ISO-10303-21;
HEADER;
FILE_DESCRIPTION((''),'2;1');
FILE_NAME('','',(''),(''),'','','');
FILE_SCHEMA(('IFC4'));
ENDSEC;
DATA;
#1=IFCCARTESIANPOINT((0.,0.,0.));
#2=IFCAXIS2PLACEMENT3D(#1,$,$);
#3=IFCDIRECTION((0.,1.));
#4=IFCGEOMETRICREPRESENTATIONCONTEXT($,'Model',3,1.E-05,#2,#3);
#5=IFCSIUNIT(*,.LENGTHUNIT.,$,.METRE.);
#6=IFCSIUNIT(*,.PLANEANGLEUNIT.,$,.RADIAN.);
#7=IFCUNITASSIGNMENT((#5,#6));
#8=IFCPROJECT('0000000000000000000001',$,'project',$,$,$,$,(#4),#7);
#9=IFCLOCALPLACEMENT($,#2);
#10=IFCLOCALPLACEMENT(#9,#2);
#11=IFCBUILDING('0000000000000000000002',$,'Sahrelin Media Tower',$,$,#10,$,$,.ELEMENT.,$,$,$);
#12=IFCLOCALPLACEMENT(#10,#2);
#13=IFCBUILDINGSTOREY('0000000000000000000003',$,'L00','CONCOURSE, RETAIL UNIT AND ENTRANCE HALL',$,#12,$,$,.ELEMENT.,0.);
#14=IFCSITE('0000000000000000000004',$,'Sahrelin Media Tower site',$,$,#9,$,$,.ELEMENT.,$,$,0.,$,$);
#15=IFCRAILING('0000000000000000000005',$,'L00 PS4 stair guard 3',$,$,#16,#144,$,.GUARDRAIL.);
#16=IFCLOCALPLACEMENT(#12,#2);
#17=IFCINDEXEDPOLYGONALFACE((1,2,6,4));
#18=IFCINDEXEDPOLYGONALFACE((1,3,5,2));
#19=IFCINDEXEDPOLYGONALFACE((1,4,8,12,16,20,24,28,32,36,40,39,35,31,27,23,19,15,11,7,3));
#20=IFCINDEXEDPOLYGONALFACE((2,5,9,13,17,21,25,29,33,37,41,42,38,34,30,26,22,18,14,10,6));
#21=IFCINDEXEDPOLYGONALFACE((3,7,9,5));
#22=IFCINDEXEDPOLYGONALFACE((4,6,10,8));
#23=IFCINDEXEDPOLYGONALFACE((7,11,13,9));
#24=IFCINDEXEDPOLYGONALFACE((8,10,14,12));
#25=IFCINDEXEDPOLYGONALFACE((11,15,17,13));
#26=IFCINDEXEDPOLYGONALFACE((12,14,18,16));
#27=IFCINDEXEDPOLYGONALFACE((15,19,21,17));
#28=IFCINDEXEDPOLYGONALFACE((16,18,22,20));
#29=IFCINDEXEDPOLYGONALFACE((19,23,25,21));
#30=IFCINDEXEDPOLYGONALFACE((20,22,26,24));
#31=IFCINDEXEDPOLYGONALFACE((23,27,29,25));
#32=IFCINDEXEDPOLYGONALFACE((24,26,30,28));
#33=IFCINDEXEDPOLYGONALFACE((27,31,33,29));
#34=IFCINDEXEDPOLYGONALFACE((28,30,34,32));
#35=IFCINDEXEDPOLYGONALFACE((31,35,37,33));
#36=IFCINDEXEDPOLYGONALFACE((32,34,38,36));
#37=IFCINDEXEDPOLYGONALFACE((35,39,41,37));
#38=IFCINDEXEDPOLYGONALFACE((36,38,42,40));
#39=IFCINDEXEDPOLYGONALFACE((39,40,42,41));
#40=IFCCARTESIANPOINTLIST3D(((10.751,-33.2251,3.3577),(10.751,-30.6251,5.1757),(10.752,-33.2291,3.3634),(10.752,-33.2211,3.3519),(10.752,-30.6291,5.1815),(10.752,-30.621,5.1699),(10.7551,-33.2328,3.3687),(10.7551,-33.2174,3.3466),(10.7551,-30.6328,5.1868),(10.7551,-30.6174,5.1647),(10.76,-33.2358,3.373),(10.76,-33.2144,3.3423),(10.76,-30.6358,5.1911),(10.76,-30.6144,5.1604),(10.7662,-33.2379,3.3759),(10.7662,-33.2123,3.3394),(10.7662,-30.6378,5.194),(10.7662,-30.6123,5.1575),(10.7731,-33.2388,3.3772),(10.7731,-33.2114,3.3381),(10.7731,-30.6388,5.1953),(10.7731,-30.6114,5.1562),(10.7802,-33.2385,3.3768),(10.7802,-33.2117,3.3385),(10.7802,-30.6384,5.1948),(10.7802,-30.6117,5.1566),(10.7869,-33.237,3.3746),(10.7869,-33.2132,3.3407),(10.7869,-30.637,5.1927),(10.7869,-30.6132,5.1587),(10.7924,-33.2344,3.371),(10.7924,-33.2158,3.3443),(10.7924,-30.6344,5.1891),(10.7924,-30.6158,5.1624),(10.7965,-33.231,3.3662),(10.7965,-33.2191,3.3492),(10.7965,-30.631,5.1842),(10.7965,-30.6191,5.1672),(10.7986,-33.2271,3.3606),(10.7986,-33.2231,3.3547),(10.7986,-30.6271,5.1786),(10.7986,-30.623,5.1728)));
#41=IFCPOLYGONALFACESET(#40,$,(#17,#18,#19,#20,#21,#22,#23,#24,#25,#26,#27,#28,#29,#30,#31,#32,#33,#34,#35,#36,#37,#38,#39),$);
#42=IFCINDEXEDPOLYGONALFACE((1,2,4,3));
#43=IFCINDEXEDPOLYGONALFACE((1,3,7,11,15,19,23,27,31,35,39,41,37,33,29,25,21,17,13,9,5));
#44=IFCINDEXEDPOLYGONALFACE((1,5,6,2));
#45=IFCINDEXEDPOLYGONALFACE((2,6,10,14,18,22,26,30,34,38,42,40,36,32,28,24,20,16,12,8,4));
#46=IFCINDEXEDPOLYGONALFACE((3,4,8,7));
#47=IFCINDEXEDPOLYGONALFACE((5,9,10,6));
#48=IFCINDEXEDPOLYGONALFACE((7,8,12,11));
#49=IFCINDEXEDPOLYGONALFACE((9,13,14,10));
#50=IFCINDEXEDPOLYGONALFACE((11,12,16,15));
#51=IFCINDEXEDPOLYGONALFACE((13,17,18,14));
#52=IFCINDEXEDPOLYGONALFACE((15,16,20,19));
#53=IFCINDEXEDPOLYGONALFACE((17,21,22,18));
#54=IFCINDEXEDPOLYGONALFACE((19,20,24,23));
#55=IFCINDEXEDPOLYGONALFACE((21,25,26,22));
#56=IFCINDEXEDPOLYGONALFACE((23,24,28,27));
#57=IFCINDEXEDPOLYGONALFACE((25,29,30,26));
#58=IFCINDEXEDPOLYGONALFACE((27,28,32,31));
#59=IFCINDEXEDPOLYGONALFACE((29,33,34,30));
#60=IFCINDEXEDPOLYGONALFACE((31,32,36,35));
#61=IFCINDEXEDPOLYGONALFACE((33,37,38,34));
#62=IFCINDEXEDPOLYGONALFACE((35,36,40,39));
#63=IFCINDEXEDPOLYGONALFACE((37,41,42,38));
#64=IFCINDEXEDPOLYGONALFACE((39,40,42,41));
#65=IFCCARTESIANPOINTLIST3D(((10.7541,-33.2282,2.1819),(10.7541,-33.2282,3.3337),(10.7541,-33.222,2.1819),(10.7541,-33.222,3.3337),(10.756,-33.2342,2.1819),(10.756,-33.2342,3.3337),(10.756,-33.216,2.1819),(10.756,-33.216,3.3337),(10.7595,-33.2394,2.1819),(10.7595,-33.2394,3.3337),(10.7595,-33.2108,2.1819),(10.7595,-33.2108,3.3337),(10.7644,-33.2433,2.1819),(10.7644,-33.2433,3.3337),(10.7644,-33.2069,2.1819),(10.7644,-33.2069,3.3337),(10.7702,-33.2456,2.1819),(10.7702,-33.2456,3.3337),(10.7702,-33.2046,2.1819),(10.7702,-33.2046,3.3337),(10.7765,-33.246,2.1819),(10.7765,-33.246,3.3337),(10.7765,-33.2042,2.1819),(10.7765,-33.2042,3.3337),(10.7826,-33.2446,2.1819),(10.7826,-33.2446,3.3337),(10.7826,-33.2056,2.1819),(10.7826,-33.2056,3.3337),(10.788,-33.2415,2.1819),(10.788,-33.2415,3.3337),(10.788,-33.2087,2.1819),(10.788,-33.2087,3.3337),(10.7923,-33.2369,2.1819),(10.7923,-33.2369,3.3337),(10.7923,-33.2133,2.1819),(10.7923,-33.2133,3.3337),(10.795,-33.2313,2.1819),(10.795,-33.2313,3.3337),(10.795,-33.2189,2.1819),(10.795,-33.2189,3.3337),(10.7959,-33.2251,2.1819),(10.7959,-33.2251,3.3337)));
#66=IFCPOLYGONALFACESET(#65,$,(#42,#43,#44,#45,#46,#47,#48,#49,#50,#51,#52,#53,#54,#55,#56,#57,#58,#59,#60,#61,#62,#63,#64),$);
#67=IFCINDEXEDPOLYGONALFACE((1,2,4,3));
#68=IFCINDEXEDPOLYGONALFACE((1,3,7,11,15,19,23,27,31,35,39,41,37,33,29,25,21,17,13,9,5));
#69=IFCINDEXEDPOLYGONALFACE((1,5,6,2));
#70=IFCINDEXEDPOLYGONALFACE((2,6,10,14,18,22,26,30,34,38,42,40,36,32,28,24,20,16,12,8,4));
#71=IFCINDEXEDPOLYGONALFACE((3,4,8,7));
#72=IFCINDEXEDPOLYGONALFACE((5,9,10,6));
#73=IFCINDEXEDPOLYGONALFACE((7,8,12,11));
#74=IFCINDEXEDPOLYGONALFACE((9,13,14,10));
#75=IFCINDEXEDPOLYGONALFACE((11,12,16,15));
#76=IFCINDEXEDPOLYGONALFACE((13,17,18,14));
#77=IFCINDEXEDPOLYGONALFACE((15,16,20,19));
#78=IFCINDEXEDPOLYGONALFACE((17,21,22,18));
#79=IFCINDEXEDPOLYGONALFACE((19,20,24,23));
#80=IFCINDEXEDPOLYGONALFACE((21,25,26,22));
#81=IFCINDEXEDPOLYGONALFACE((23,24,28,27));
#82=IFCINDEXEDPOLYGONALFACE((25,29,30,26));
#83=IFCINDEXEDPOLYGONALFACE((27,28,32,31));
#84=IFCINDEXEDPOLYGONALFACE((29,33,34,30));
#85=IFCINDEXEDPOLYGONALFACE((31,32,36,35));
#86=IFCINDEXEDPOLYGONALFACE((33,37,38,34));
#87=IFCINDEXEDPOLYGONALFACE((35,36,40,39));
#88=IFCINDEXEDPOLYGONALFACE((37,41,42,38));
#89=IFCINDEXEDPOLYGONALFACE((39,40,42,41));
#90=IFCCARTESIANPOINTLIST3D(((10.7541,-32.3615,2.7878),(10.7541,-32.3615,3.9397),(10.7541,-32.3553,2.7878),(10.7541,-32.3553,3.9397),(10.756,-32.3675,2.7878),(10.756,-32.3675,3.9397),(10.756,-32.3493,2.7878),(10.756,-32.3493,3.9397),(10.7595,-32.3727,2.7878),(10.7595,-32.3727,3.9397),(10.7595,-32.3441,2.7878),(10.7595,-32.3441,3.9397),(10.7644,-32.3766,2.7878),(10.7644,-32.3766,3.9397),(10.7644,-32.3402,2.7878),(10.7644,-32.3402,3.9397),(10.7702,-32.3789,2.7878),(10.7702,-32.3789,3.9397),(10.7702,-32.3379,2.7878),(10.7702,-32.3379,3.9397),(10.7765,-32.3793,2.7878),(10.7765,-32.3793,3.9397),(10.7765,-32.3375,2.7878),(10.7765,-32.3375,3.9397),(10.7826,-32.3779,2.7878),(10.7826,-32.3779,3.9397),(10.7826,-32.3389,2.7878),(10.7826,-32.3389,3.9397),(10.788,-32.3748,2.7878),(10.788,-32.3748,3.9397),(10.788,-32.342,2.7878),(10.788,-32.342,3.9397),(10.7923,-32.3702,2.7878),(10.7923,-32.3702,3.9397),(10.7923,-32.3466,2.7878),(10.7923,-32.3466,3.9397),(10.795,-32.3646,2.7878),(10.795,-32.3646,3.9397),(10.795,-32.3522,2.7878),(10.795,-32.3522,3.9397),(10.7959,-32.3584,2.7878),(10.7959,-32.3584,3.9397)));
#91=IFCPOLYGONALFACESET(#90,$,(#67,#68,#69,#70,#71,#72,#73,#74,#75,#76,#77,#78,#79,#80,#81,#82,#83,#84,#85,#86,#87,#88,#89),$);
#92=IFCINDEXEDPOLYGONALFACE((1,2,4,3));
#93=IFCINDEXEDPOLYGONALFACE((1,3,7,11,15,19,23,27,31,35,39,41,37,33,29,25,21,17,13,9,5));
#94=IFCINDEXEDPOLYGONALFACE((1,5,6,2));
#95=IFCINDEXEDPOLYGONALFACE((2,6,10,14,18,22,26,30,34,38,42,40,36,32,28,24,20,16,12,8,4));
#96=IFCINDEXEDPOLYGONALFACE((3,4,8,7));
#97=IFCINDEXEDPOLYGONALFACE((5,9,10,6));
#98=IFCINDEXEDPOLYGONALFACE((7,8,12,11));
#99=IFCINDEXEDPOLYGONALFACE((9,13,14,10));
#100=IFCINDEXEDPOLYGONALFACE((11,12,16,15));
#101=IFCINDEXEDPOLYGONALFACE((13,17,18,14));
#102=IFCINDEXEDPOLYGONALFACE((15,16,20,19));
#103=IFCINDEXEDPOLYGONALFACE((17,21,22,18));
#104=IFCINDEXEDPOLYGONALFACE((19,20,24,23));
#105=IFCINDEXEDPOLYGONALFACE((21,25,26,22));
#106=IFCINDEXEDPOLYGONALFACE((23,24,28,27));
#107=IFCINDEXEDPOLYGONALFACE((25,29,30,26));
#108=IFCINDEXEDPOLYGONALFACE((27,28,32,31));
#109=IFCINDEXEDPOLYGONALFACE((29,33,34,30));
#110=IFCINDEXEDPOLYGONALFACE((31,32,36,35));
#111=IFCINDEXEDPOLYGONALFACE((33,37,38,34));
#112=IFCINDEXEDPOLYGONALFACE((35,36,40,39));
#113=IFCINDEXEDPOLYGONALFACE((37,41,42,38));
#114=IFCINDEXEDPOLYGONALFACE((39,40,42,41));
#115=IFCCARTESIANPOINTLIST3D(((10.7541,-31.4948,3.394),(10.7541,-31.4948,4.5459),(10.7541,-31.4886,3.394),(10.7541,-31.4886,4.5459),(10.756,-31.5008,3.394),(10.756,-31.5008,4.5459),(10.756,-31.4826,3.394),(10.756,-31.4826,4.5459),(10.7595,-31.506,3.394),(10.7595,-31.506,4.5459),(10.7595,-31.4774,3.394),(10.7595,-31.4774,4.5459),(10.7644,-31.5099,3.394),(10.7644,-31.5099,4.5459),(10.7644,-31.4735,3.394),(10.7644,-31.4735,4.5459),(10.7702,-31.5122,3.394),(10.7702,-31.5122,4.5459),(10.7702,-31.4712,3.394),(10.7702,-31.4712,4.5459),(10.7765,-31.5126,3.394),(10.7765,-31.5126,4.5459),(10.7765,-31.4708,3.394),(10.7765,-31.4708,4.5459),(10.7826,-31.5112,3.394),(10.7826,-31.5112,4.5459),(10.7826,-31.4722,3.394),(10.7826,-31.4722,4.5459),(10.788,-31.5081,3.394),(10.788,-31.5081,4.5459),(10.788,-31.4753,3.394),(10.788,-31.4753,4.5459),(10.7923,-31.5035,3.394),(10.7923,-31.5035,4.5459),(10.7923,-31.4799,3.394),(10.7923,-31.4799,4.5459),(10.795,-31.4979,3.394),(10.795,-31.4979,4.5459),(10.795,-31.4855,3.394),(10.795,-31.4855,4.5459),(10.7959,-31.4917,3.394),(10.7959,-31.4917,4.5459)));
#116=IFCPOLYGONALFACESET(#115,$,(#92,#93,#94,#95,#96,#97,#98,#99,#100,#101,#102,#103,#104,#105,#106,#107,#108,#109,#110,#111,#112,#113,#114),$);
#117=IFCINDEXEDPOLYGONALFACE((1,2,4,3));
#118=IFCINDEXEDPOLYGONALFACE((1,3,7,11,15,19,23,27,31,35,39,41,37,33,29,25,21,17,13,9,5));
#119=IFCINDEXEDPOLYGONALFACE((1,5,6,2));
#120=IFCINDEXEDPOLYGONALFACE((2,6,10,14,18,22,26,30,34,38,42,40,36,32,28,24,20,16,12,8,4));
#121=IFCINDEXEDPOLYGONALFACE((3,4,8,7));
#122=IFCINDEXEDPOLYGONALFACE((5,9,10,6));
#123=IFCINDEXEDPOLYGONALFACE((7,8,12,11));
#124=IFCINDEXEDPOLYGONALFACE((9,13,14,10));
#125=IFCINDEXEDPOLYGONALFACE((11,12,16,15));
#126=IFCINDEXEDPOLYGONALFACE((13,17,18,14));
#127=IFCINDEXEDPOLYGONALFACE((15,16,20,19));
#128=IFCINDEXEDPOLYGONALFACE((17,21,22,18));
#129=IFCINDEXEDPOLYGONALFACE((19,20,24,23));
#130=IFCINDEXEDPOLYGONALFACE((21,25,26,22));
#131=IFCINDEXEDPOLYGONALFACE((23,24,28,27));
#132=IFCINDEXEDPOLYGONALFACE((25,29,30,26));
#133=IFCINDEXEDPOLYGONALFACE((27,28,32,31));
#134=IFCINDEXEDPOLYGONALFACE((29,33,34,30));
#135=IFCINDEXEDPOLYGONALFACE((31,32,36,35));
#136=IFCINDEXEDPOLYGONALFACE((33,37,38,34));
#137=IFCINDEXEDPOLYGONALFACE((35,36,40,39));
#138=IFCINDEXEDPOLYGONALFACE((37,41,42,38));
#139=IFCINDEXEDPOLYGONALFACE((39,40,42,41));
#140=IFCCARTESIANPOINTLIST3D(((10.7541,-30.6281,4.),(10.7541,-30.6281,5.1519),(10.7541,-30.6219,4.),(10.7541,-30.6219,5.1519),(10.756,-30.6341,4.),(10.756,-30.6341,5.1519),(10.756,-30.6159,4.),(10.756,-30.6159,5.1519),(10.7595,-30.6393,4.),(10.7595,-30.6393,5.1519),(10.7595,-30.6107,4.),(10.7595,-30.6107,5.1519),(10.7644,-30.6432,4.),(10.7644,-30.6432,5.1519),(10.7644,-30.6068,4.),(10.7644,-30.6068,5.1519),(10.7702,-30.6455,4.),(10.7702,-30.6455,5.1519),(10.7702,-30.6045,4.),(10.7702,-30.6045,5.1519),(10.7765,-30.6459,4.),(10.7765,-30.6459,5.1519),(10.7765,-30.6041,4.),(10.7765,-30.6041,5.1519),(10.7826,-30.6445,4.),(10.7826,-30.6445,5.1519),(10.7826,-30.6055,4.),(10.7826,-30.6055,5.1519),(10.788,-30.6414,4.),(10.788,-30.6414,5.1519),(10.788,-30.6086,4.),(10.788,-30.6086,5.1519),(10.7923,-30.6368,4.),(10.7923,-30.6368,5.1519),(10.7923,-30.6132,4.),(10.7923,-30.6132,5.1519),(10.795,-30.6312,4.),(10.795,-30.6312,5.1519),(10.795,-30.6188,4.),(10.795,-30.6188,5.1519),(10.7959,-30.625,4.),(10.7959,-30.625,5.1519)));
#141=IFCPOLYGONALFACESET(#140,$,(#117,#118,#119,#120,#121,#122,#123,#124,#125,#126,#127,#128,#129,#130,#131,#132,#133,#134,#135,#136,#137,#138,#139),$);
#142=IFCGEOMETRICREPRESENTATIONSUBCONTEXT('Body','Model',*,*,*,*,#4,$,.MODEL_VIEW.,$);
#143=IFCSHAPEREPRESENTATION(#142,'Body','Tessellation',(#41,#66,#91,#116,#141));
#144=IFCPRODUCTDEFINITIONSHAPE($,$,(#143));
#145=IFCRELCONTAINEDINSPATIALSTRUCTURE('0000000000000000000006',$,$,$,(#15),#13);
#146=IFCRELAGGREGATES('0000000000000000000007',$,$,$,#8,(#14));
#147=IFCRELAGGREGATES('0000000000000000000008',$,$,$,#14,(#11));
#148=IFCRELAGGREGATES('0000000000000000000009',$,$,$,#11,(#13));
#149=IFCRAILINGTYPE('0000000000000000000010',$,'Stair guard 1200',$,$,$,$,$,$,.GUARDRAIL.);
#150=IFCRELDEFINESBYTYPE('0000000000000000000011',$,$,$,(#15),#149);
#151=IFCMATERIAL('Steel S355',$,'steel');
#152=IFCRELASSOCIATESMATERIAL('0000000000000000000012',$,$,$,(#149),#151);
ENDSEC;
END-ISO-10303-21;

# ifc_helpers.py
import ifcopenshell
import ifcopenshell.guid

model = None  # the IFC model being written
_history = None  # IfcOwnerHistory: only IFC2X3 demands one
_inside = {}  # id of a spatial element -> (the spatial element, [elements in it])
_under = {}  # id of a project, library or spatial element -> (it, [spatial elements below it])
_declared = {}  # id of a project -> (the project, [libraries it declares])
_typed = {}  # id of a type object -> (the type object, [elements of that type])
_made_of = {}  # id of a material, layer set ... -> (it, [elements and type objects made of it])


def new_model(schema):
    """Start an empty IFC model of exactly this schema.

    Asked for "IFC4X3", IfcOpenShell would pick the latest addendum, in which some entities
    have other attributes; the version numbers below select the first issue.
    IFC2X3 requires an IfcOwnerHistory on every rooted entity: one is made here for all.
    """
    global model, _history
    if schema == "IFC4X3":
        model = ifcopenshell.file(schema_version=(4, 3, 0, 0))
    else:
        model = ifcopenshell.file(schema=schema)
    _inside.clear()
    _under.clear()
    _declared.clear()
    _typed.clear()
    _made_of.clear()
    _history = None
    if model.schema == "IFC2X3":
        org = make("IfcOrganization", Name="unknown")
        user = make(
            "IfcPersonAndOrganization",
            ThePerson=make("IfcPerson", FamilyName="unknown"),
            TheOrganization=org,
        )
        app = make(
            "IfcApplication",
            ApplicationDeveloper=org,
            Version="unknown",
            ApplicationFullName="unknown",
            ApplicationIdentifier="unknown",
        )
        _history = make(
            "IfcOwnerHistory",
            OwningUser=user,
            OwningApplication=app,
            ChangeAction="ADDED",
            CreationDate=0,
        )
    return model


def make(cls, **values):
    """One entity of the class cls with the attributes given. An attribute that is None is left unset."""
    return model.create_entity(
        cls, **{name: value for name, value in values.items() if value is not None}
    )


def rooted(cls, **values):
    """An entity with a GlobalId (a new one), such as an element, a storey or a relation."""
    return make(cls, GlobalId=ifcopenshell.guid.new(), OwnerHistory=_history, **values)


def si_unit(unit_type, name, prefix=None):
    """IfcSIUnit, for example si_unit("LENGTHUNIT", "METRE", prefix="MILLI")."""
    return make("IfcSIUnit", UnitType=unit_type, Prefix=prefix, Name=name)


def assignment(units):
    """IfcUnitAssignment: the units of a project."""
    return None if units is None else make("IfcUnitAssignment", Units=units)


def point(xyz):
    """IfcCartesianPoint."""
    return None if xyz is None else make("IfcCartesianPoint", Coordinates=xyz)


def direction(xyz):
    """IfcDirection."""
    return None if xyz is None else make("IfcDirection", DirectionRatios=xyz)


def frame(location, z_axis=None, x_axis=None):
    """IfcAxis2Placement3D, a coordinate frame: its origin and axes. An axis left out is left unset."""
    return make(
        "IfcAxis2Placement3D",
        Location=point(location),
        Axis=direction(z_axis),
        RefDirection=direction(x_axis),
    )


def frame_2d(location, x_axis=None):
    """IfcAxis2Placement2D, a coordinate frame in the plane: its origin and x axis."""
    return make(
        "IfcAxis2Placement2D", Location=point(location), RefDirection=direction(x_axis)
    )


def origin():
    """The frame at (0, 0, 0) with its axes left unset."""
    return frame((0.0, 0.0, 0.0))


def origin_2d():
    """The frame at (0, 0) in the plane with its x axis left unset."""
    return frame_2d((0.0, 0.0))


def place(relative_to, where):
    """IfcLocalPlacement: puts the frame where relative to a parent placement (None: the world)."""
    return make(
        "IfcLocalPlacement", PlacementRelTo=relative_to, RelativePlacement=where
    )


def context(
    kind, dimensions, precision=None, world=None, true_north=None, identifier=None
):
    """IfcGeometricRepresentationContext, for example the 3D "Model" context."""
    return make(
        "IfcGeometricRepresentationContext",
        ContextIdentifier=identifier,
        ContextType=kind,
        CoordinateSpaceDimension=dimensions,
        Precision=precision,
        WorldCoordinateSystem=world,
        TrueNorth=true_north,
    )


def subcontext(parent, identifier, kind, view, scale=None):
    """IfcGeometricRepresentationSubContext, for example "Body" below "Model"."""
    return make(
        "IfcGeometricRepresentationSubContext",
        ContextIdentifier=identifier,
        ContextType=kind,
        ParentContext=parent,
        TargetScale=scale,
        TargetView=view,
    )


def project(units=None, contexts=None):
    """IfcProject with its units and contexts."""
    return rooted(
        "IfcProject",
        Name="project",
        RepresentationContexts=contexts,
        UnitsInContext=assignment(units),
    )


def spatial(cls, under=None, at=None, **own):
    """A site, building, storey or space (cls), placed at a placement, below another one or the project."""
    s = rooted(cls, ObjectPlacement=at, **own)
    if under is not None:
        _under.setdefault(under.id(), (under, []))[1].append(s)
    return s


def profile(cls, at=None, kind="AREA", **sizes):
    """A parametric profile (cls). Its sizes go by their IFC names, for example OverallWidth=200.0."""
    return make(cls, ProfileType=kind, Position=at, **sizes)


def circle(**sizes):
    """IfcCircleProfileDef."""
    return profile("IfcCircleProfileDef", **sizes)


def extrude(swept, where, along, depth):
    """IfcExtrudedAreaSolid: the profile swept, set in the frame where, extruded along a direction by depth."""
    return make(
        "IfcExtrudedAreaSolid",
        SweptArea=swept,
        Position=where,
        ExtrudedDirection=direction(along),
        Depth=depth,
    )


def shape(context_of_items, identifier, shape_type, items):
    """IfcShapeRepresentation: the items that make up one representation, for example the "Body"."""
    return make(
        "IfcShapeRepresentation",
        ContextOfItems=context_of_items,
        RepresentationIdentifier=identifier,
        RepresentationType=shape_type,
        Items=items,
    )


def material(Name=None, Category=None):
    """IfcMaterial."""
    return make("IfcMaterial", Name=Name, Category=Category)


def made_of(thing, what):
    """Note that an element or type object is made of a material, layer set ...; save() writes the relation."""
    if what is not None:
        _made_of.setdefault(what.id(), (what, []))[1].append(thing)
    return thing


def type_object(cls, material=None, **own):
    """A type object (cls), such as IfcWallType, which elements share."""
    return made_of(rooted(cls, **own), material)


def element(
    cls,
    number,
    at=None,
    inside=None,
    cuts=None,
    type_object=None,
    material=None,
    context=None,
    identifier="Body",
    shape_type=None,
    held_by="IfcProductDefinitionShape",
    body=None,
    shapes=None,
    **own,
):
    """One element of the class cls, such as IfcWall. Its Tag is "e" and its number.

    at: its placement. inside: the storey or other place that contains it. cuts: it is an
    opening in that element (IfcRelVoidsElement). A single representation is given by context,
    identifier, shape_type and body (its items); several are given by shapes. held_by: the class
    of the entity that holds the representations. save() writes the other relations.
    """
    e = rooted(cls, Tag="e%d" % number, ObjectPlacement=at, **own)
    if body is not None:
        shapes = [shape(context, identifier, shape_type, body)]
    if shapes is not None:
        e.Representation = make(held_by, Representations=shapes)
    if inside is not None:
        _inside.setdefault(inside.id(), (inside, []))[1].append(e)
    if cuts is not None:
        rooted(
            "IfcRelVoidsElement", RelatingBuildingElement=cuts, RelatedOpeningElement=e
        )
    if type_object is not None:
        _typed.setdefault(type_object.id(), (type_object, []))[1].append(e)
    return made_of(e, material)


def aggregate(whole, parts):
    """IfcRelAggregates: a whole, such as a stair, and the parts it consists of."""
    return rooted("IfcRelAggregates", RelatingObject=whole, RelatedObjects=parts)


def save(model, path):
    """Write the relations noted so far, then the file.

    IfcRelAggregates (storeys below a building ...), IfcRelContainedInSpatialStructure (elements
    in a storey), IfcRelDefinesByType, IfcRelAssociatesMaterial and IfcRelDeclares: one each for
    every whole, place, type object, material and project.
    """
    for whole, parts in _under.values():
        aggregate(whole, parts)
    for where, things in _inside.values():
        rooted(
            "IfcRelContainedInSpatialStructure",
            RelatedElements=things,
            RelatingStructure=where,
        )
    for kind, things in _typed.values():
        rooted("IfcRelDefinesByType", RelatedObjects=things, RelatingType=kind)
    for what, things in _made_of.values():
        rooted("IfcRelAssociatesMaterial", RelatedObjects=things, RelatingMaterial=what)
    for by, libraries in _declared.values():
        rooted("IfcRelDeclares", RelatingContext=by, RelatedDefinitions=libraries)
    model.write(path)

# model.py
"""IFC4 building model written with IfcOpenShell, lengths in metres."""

from ifc_helpers import new_model, si_unit, direction, frame, origin, origin_2d, place, context, subcontext, project, spatial, circle, extrude, material, type_object, element, save


model = new_model("IFC4")

# Units and contexts
model_context = context("Model", 3, precision=1e-05, world=origin(), true_north=direction((0.0, 1.0)))
body_context = subcontext(model_context, "Body", "Model", "MODEL_VIEW")
ifc_project = project(units=[si_unit("LENGTHUNIT", "METRE"), si_unit("PLANEANGLEUNIT", "RADIAN")], contexts=[model_context])

# Site, building, storey
site_placement = place(None, origin())
site = spatial("IfcSite", under=ifc_project, at=site_placement, Name="Sahrelin Media Tower site", CompositionType="ELEMENT", RefElevation=0.0)
building_placement = place(site_placement, origin())
building = spatial("IfcBuilding", under=site, at=building_placement, Name="Sahrelin Media Tower", CompositionType="ELEMENT")
storey_placement = place(building_placement, origin())
storey = spatial("IfcBuildingStorey", under=building, at=storey_placement, Name="L00", Description="CONCOURSE, RETAIL UNIT AND ENTRANCE HALL", CompositionType="ELEMENT", Elevation=0.0)

# Shared definitions
ifc_material_1 = material(Name="Steel S355", Category="steel")

# Railing
railing_type_1 = type_object("IfcRailingType", Name="Stair guard 1200", PredefinedType="GUARDRAIL", material=ifc_material_1)
railing_1_placement = place(storey_placement, frame((10.7749, -33.2251, 2.1819)))
element("IfcRailing", 1, at=railing_1_placement, inside=storey, type_object=railing_type_1, Name="L00 PS4 stair guard 3", PredefinedType="GUARDRAIL", context=body_context, shape_type="SweptSolid", body=[
    extrude(circle(Radius=0.0239, at=origin_2d()), frame((0.0, 0.0, 1.1758), z_axis=(0.0, 0.819521, 0.573049), x_axis=(-1.0, 0.0, 0.0)), (0.0, 0.0, 1.0), 3.1726),
    extrude(circle(Radius=0.021, at=origin_2d()), origin(), (0.0, 0.0, 1.0), 1.1519),
    extrude(circle(Radius=0.021, at=origin_2d()), frame((0.0, 0.8667, 0.606)), (0.0, 0.0, 1.0), 1.1519),
    extrude(circle(Radius=0.021, at=origin_2d()), frame((0.0, 1.7334, 1.2122)), (0.0, 0.0, 1.0), 1.1519),
    extrude(circle(Radius=0.021, at=origin_2d()), frame((0.0, 2.6001, 1.8181)), (0.0, 0.0, 1.0), 1.1519),
])

save(model, "model.ifc")
